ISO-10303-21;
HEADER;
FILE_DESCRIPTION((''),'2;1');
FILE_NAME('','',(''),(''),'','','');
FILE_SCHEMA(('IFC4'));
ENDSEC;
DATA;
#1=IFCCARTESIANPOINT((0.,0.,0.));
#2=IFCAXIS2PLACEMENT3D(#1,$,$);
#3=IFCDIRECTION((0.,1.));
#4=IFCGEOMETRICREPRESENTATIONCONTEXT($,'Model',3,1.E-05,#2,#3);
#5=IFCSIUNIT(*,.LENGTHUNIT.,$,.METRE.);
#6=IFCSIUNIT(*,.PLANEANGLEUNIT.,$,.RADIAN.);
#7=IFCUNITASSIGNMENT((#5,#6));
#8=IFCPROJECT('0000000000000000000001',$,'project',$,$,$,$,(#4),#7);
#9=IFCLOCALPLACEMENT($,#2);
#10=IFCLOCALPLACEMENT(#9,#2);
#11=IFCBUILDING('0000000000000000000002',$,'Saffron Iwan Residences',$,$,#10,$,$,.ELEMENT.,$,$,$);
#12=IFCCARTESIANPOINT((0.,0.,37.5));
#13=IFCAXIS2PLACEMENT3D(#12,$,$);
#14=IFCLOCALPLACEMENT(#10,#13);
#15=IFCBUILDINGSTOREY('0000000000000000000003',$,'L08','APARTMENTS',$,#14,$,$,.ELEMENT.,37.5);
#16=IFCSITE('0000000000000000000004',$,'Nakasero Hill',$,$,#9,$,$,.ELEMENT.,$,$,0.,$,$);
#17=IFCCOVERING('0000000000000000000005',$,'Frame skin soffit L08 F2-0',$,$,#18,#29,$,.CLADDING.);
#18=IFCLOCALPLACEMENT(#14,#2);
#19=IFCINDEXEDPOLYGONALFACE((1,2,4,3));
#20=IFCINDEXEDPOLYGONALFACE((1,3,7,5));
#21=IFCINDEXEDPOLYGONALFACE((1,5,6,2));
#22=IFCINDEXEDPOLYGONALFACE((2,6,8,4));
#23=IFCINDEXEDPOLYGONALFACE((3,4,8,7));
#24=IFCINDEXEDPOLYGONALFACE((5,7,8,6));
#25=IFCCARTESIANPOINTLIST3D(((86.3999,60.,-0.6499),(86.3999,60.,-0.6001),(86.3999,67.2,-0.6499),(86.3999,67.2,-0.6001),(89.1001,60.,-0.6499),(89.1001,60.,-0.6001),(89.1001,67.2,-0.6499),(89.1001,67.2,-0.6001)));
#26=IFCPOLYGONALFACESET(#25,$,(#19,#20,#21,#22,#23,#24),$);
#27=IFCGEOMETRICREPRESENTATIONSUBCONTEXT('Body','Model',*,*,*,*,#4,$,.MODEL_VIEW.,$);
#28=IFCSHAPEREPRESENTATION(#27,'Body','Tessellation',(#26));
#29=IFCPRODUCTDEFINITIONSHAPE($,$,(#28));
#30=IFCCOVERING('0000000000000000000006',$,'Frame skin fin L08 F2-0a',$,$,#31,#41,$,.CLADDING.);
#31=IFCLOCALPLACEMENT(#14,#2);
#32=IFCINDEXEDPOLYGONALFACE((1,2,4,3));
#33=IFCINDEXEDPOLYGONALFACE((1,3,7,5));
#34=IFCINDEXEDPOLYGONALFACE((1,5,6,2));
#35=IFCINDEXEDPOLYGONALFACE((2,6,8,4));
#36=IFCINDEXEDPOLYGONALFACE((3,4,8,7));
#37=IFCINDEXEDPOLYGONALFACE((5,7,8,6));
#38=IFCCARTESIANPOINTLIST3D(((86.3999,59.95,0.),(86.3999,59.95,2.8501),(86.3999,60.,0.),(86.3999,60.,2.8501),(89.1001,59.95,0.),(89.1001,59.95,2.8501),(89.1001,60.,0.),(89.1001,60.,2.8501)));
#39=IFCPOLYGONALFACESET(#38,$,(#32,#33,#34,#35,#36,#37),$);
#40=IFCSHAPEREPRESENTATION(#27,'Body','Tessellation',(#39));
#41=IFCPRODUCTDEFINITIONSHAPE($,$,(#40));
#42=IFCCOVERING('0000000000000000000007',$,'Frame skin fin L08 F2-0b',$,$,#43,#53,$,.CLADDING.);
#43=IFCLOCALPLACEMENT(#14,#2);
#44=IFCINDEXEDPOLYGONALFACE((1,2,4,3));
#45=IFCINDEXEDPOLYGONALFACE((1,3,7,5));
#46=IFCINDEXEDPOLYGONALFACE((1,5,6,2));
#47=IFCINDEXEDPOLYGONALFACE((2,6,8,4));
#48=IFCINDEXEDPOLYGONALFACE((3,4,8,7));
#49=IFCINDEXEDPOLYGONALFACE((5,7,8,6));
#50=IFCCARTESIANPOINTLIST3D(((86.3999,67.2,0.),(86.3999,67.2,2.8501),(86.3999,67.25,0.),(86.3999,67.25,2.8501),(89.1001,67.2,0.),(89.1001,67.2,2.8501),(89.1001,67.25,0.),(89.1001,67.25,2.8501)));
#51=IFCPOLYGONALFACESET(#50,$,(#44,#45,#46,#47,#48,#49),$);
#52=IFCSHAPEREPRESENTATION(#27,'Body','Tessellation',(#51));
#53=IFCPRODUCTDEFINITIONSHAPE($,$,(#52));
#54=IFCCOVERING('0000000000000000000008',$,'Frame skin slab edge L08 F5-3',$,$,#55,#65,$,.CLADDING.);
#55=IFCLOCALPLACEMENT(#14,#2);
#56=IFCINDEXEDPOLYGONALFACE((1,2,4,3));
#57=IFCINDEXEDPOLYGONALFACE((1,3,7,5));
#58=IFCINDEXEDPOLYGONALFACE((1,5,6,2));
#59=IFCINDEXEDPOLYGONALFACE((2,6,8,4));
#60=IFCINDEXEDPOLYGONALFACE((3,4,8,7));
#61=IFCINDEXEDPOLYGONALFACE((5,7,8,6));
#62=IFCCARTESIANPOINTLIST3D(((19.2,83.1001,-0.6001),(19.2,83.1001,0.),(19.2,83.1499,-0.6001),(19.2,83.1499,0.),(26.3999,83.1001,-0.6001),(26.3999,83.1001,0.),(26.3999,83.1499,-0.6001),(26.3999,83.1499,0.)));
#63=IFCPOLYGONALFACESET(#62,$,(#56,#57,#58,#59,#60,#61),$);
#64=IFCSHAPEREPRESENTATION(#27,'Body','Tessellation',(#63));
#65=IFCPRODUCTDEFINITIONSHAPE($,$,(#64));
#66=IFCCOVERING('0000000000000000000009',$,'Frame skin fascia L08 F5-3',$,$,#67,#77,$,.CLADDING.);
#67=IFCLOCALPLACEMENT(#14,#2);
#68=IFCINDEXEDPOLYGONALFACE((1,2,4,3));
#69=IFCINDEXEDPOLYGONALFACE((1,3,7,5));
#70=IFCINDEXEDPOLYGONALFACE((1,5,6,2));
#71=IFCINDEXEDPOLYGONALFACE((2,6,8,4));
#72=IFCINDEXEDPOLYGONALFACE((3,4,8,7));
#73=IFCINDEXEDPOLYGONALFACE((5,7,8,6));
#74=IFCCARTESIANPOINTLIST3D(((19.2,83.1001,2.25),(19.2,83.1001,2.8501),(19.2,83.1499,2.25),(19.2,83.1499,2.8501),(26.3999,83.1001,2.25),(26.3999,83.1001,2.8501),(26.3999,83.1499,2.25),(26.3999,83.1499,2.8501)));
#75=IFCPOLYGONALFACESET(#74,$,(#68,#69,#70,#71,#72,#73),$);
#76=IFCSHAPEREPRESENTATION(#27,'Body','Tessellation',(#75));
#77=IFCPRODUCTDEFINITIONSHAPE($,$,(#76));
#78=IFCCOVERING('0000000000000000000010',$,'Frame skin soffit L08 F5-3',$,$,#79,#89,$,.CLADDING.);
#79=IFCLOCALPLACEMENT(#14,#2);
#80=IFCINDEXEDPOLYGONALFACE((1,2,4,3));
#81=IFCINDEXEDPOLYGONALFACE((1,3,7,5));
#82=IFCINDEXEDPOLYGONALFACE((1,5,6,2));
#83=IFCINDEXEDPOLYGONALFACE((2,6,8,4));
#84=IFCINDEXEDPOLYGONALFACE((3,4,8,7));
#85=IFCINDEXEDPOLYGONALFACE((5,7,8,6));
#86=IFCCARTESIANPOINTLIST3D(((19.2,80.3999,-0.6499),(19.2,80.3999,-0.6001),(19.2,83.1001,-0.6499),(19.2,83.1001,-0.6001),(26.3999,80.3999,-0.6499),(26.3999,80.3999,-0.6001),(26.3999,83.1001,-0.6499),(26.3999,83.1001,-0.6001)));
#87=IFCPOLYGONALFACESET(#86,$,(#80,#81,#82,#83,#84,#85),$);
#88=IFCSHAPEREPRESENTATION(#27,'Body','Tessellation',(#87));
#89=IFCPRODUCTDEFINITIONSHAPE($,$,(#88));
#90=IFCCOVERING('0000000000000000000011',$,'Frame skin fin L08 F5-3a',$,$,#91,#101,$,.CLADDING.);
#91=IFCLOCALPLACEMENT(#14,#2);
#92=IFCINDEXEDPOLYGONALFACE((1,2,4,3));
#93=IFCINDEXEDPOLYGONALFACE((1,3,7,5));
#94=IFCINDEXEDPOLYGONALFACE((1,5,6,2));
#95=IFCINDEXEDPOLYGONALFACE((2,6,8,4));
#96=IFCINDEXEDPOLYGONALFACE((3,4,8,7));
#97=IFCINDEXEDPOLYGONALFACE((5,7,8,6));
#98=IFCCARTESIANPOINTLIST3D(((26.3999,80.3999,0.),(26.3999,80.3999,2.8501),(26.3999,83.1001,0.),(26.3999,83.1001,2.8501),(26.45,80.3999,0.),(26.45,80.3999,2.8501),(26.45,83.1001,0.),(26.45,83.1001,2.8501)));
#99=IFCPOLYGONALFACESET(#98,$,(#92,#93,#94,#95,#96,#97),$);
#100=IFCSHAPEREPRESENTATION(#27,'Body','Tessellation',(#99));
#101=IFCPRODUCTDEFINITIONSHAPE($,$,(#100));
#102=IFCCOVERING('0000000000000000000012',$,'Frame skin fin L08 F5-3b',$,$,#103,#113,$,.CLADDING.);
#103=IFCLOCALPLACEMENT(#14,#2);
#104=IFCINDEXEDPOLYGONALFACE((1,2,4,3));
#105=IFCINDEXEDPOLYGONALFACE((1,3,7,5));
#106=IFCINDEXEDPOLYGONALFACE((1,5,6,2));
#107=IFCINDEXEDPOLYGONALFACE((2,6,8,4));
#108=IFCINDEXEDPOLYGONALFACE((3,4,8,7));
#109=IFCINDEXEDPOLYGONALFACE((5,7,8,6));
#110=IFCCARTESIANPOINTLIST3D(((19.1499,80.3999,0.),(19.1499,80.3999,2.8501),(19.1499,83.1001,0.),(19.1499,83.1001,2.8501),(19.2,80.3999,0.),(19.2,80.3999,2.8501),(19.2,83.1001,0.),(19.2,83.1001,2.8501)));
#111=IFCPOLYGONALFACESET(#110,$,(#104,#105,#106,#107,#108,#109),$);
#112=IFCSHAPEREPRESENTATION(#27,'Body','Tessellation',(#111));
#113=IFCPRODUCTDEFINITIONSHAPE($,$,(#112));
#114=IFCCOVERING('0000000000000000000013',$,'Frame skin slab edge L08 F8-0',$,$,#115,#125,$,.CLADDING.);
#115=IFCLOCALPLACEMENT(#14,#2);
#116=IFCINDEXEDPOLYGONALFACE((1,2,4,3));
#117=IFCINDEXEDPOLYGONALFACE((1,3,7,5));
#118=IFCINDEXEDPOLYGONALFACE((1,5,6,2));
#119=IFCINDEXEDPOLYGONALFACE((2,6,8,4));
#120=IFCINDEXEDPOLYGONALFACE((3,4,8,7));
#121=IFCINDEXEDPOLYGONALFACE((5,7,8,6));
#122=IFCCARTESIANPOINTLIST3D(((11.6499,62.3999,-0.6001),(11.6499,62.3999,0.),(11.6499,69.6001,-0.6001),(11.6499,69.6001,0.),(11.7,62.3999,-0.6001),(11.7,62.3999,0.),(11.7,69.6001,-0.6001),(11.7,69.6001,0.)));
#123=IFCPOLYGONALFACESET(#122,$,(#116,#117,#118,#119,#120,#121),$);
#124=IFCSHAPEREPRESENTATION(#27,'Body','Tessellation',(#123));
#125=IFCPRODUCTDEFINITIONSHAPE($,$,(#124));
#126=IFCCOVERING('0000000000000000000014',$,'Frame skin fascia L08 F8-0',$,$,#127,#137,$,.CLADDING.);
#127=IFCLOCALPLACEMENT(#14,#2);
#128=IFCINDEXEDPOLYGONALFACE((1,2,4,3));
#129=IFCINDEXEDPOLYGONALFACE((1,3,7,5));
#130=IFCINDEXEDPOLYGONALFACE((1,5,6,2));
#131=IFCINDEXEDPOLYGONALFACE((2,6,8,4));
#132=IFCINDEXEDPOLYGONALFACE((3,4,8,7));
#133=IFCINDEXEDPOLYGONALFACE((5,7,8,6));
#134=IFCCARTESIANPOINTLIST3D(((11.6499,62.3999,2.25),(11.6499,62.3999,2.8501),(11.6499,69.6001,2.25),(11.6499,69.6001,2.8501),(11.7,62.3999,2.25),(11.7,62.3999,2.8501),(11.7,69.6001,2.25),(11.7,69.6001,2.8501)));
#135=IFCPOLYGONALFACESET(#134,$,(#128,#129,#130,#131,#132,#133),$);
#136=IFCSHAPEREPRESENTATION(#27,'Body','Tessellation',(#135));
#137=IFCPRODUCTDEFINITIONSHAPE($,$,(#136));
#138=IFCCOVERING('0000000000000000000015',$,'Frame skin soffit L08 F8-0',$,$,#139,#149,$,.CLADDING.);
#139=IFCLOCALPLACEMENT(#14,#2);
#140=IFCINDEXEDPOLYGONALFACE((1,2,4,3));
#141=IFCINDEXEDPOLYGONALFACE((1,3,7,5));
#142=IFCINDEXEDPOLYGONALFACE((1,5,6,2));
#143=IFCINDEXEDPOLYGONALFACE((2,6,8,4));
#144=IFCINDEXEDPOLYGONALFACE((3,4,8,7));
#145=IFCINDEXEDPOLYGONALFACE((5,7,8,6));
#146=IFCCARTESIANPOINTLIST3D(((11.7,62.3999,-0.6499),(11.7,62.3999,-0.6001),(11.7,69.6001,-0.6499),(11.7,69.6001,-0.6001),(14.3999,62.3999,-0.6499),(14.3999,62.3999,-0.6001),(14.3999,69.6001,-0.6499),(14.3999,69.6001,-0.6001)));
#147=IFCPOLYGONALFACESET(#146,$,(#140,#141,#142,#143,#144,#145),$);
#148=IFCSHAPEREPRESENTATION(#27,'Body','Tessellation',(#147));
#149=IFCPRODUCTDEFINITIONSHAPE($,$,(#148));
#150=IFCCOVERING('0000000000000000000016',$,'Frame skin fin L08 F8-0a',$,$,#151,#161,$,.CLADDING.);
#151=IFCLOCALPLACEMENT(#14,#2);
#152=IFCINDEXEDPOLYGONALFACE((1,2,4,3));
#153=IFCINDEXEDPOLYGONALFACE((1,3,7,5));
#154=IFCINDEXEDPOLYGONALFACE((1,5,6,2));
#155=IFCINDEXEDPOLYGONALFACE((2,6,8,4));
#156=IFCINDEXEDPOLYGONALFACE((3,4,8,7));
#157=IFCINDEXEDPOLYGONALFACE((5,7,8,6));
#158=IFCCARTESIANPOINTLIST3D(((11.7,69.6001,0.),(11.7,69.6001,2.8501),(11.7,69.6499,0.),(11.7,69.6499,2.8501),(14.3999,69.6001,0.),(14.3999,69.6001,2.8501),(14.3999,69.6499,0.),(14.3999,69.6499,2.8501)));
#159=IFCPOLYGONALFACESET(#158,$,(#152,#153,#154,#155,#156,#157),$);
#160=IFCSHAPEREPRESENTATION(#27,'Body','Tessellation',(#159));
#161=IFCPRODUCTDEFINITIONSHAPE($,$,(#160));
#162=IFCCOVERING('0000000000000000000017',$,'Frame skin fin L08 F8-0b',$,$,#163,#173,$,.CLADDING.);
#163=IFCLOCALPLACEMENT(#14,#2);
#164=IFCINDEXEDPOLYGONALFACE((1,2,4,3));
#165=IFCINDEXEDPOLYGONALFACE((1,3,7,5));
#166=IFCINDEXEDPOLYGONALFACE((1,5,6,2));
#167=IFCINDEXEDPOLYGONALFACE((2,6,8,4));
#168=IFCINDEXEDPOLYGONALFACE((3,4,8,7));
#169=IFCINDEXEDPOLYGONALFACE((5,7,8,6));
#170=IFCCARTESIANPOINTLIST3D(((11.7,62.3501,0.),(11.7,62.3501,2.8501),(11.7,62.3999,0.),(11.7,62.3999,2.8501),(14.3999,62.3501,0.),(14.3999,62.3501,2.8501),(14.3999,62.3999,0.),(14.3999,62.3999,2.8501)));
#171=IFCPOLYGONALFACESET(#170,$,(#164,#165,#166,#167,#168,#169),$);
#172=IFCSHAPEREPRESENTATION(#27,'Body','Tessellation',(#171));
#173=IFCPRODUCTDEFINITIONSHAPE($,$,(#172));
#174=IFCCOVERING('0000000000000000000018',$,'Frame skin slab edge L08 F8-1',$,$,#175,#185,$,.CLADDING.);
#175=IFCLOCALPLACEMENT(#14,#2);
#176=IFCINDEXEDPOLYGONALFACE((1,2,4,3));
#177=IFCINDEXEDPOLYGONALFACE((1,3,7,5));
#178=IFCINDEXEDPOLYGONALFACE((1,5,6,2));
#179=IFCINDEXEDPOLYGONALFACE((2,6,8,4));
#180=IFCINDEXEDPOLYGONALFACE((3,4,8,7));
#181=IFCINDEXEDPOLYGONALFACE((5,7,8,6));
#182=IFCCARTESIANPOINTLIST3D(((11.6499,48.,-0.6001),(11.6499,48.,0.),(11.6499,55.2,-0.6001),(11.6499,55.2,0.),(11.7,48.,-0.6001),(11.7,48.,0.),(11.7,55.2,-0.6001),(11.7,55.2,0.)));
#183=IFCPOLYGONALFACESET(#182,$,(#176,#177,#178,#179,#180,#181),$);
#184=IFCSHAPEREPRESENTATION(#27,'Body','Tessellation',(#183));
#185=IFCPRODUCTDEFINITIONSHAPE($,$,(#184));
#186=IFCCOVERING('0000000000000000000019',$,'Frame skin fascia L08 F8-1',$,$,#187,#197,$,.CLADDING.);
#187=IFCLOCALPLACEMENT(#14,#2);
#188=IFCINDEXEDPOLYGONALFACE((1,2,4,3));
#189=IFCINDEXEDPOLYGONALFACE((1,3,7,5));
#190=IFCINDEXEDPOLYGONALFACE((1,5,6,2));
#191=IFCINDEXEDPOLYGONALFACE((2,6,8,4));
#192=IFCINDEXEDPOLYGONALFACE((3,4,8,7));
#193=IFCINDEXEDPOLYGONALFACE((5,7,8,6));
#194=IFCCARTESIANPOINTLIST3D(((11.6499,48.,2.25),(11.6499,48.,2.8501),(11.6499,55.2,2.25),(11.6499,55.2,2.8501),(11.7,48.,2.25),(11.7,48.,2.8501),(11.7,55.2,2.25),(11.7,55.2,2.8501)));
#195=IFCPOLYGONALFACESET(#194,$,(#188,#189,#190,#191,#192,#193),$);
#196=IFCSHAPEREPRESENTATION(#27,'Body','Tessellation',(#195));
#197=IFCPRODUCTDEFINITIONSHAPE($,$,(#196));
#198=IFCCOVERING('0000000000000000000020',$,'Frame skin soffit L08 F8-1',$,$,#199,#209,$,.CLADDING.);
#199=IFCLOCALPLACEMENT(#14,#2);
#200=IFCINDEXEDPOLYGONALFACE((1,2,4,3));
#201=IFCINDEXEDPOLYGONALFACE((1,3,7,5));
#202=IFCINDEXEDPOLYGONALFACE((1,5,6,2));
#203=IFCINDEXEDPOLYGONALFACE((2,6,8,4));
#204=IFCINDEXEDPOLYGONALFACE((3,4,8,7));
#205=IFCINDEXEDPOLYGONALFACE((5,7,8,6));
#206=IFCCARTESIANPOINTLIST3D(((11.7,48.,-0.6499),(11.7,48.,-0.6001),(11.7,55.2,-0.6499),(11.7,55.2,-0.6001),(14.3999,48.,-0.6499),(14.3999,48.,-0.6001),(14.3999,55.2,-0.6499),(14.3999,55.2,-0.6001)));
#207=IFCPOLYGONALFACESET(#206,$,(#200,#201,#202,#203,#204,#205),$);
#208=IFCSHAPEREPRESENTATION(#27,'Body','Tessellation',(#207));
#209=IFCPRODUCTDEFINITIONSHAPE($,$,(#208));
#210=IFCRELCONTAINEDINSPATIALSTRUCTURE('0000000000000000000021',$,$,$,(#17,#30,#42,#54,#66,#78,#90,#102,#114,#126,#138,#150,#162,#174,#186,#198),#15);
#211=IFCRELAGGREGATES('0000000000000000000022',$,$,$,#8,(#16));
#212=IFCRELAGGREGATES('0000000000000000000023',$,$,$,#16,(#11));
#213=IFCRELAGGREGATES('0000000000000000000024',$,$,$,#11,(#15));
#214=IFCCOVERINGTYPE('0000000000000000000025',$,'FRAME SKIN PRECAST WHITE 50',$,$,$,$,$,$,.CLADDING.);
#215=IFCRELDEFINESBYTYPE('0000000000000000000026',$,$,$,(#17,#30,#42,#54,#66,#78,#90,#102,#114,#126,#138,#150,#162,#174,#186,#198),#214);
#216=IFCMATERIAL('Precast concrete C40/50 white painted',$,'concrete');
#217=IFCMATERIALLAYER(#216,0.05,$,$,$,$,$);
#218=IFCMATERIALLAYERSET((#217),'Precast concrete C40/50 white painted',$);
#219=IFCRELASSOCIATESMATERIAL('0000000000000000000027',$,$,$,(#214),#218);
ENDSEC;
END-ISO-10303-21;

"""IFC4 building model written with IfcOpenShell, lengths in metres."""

from ifc_helpers import new_model, si_unit, direction, frame, origin, place, context, subcontext, project, spatial, polyline, outline, extrude, material, layer, layer_set, type_object, element, save


model = new_model("IFC4")

# Units and contexts
model_context = context("Model", 3, precision=1e-05, world=origin(), true_north=direction((0.0, 1.0)))
body_context = subcontext(model_context, "Body", "Model", "MODEL_VIEW")
ifc_project = project(units=[si_unit("LENGTHUNIT", "METRE"), si_unit("PLANEANGLEUNIT", "RADIAN")], contexts=[model_context])

# Site, building, storey
site_placement = place(None, origin())
site = spatial("IfcSite", under=ifc_project, at=site_placement, Name="Nakasero Hill", CompositionType="ELEMENT", RefElevation=0.0)
building_placement = place(site_placement, origin())
building = spatial("IfcBuilding", under=site, at=building_placement, Name="Saffron Iwan Residences", CompositionType="ELEMENT")
storey_placement = place(building_placement, frame((0.0, 0.0, 37.5)))
storey = spatial("IfcBuildingStorey", under=building, at=storey_placement, Name="L08", Description="APARTMENTS", CompositionType="ELEMENT", Elevation=37.5)

# Coverings
ifc_material_1 = material(Name="Precast concrete C40/50 white painted", Category="concrete")
ifc_layer_1 = layer(ifc_material_1, 0.05)
ifc_layer_set_1 = layer_set([ifc_layer_1], Name="Precast concrete C40/50 white painted")
covering_type_1 = type_object("IfcCoveringType", Name="FRAME SKIN PRECAST WHITE 50", PredefinedType="CLADDING", material=ifc_layer_set_1)
covering_1_placement = place(storey_placement, frame((0.0, 0.0, -0.6499)))
element("IfcCovering", 1, at=covering_1_placement, inside=storey, type_object=covering_type_1, Name="Frame skin soffit L08 F2-0", PredefinedType="CLADDING", context=body_context, shape_type="SweptSolid", body=[
    extrude(outline(polyline([(89.1001, 60.0), (89.1001, 67.2), (86.3999, 67.2), (86.3999, 60.0), (89.1001, 60.0)])), origin(), (0.0, 0.0, 1.0), 0.0498),
])
covering_2_placement = place(storey_placement, origin())
element("IfcCovering", 2, at=covering_2_placement, inside=storey, type_object=covering_type_1, Name="Frame skin fin L08 F2-0a", PredefinedType="CLADDING", context=body_context, shape_type="SweptSolid", body=[
    extrude(outline(polyline([(89.1001, 59.95), (89.1001, 60.0), (86.3999, 60.0), (86.3999, 59.95), (89.1001, 59.95)])), origin(), (0.0, 0.0, 1.0), 2.8501),
])
covering_3_placement = place(storey_placement, origin())
element("IfcCovering", 3, at=covering_3_placement, inside=storey, type_object=covering_type_1, Name="Frame skin fin L08 F2-0b", PredefinedType="CLADDING", context=body_context, shape_type="SweptSolid", body=[
    extrude(outline(polyline([(89.1001, 67.2), (89.1001, 67.25), (86.3999, 67.25), (86.3999, 67.2), (89.1001, 67.2)])), origin(), (0.0, 0.0, 1.0), 2.8501),
])
for number, where, name in (
    (4, (0.0, 0.0, -0.6001), "Frame skin slab edge L08 F5-3"),
    (5, (0.0, 0.0, 2.25), "Frame skin fascia L08 F5-3"),
):
    element("IfcCovering", number, at=place(storey_placement, frame(where)), inside=storey, type_object=covering_type_1, Name=name, PredefinedType="CLADDING", context=body_context, shape_type="SweptSolid", body=[
        extrude(outline(polyline([(26.3999, 83.1499), (19.2, 83.1499), (19.2, 83.1001), (26.3999, 83.1001), (26.3999, 83.1499)])), origin(), (0.0, 0.0, 1.0), 0.6001),
    ])
covering_4_placement = place(storey_placement, frame((0.0, 0.0, -0.6499)))
element("IfcCovering", 6, at=covering_4_placement, inside=storey, type_object=covering_type_1, Name="Frame skin soffit L08 F5-3", PredefinedType="CLADDING", context=body_context, shape_type="SweptSolid", body=[
    extrude(outline(polyline([(26.3999, 83.1001), (19.2, 83.1001), (19.2, 80.3999), (26.3999, 80.3999), (26.3999, 83.1001)])), origin(), (0.0, 0.0, 1.0), 0.0498),
])
covering_5_placement = place(storey_placement, origin())
element("IfcCovering", 7, at=covering_5_placement, inside=storey, type_object=covering_type_1, Name="Frame skin fin L08 F5-3a", PredefinedType="CLADDING", context=body_context, shape_type="SweptSolid", body=[
    extrude(outline(polyline([(26.45, 83.1001), (26.3999, 83.1001), (26.3999, 80.3999), (26.45, 80.3999), (26.45, 83.1001)])), origin(), (0.0, 0.0, 1.0), 2.8501),
])
covering_6_placement = place(storey_placement, origin())
element("IfcCovering", 8, at=covering_6_placement, inside=storey, type_object=covering_type_1, Name="Frame skin fin L08 F5-3b", PredefinedType="CLADDING", context=body_context, shape_type="SweptSolid", body=[
    extrude(outline(polyline([(19.2, 83.1001), (19.1499, 83.1001), (19.1499, 80.3999), (19.2, 80.3999), (19.2, 83.1001)])), origin(), (0.0, 0.0, 1.0), 2.8501),
])
for number, where, name in (
    (9, (0.0, 0.0, -0.6001), "Frame skin slab edge L08 F8-0"),
    (10, (0.0, 0.0, 2.25), "Frame skin fascia L08 F8-0"),
):
    element("IfcCovering", number, at=place(storey_placement, frame(where)), inside=storey, type_object=covering_type_1, Name=name, PredefinedType="CLADDING", context=body_context, shape_type="SweptSolid", body=[
        extrude(outline(polyline([(11.6499, 69.6001), (11.6499, 62.3999), (11.7, 62.3999), (11.7, 69.6001), (11.6499, 69.6001)])), origin(), (0.0, 0.0, 1.0), 0.6001),
    ])
covering_7_placement = place(storey_placement, frame((0.0, 0.0, -0.6499)))
element("IfcCovering", 11, at=covering_7_placement, inside=storey, type_object=covering_type_1, Name="Frame skin soffit L08 F8-0", PredefinedType="CLADDING", context=body_context, shape_type="SweptSolid", body=[
    extrude(outline(polyline([(11.7, 69.6001), (11.7, 62.3999), (14.3999, 62.3999), (14.3999, 69.6001), (11.7, 69.6001)])), origin(), (0.0, 0.0, 1.0), 0.0498),
])
covering_8_placement = place(storey_placement, origin())
element("IfcCovering", 12, at=covering_8_placement, inside=storey, type_object=covering_type_1, Name="Frame skin fin L08 F8-0a", PredefinedType="CLADDING", context=body_context, shape_type="SweptSolid", body=[
    extrude(outline(polyline([(11.7, 69.6499), (11.7, 69.6001), (14.3999, 69.6001), (14.3999, 69.6499), (11.7, 69.6499)])), origin(), (0.0, 0.0, 1.0), 2.8501),
])
covering_9_placement = place(storey_placement, origin())
element("IfcCovering", 13, at=covering_9_placement, inside=storey, type_object=covering_type_1, Name="Frame skin fin L08 F8-0b", PredefinedType="CLADDING", context=body_context, shape_type="SweptSolid", body=[
    extrude(outline(polyline([(11.7, 62.3999), (11.7, 62.3501), (14.3999, 62.3501), (14.3999, 62.3999), (11.7, 62.3999)])), origin(), (0.0, 0.0, 1.0), 2.8501),
])
for number, where, name in (
    (14, (0.0, 0.0, -0.6001), "Frame skin slab edge L08 F8-1"),
    (15, (0.0, 0.0, 2.25), "Frame skin fascia L08 F8-1"),
):
    element("IfcCovering", number, at=place(storey_placement, frame(where)), inside=storey, type_object=covering_type_1, Name=name, PredefinedType="CLADDING", context=body_context, shape_type="SweptSolid", body=[
        extrude(outline(polyline([(11.6499, 55.2), (11.6499, 48.0), (11.7, 48.0), (11.7, 55.2), (11.6499, 55.2)])), origin(), (0.0, 0.0, 1.0), 0.6001),
    ])
covering_10_placement = place(storey_placement, frame((0.0, 0.0, -0.6499)))
element("IfcCovering", 16, at=covering_10_placement, inside=storey, type_object=covering_type_1, Name="Frame skin soffit L08 F8-1", PredefinedType="CLADDING", context=body_context, shape_type="SweptSolid", body=[
    extrude(outline(polyline([(11.7, 55.2), (11.7, 48.0), (14.3999, 48.0), (14.3999, 55.2), (11.7, 55.2)])), origin(), (0.0, 0.0, 1.0), 0.0498),
])

save(model, "model.ifc")
